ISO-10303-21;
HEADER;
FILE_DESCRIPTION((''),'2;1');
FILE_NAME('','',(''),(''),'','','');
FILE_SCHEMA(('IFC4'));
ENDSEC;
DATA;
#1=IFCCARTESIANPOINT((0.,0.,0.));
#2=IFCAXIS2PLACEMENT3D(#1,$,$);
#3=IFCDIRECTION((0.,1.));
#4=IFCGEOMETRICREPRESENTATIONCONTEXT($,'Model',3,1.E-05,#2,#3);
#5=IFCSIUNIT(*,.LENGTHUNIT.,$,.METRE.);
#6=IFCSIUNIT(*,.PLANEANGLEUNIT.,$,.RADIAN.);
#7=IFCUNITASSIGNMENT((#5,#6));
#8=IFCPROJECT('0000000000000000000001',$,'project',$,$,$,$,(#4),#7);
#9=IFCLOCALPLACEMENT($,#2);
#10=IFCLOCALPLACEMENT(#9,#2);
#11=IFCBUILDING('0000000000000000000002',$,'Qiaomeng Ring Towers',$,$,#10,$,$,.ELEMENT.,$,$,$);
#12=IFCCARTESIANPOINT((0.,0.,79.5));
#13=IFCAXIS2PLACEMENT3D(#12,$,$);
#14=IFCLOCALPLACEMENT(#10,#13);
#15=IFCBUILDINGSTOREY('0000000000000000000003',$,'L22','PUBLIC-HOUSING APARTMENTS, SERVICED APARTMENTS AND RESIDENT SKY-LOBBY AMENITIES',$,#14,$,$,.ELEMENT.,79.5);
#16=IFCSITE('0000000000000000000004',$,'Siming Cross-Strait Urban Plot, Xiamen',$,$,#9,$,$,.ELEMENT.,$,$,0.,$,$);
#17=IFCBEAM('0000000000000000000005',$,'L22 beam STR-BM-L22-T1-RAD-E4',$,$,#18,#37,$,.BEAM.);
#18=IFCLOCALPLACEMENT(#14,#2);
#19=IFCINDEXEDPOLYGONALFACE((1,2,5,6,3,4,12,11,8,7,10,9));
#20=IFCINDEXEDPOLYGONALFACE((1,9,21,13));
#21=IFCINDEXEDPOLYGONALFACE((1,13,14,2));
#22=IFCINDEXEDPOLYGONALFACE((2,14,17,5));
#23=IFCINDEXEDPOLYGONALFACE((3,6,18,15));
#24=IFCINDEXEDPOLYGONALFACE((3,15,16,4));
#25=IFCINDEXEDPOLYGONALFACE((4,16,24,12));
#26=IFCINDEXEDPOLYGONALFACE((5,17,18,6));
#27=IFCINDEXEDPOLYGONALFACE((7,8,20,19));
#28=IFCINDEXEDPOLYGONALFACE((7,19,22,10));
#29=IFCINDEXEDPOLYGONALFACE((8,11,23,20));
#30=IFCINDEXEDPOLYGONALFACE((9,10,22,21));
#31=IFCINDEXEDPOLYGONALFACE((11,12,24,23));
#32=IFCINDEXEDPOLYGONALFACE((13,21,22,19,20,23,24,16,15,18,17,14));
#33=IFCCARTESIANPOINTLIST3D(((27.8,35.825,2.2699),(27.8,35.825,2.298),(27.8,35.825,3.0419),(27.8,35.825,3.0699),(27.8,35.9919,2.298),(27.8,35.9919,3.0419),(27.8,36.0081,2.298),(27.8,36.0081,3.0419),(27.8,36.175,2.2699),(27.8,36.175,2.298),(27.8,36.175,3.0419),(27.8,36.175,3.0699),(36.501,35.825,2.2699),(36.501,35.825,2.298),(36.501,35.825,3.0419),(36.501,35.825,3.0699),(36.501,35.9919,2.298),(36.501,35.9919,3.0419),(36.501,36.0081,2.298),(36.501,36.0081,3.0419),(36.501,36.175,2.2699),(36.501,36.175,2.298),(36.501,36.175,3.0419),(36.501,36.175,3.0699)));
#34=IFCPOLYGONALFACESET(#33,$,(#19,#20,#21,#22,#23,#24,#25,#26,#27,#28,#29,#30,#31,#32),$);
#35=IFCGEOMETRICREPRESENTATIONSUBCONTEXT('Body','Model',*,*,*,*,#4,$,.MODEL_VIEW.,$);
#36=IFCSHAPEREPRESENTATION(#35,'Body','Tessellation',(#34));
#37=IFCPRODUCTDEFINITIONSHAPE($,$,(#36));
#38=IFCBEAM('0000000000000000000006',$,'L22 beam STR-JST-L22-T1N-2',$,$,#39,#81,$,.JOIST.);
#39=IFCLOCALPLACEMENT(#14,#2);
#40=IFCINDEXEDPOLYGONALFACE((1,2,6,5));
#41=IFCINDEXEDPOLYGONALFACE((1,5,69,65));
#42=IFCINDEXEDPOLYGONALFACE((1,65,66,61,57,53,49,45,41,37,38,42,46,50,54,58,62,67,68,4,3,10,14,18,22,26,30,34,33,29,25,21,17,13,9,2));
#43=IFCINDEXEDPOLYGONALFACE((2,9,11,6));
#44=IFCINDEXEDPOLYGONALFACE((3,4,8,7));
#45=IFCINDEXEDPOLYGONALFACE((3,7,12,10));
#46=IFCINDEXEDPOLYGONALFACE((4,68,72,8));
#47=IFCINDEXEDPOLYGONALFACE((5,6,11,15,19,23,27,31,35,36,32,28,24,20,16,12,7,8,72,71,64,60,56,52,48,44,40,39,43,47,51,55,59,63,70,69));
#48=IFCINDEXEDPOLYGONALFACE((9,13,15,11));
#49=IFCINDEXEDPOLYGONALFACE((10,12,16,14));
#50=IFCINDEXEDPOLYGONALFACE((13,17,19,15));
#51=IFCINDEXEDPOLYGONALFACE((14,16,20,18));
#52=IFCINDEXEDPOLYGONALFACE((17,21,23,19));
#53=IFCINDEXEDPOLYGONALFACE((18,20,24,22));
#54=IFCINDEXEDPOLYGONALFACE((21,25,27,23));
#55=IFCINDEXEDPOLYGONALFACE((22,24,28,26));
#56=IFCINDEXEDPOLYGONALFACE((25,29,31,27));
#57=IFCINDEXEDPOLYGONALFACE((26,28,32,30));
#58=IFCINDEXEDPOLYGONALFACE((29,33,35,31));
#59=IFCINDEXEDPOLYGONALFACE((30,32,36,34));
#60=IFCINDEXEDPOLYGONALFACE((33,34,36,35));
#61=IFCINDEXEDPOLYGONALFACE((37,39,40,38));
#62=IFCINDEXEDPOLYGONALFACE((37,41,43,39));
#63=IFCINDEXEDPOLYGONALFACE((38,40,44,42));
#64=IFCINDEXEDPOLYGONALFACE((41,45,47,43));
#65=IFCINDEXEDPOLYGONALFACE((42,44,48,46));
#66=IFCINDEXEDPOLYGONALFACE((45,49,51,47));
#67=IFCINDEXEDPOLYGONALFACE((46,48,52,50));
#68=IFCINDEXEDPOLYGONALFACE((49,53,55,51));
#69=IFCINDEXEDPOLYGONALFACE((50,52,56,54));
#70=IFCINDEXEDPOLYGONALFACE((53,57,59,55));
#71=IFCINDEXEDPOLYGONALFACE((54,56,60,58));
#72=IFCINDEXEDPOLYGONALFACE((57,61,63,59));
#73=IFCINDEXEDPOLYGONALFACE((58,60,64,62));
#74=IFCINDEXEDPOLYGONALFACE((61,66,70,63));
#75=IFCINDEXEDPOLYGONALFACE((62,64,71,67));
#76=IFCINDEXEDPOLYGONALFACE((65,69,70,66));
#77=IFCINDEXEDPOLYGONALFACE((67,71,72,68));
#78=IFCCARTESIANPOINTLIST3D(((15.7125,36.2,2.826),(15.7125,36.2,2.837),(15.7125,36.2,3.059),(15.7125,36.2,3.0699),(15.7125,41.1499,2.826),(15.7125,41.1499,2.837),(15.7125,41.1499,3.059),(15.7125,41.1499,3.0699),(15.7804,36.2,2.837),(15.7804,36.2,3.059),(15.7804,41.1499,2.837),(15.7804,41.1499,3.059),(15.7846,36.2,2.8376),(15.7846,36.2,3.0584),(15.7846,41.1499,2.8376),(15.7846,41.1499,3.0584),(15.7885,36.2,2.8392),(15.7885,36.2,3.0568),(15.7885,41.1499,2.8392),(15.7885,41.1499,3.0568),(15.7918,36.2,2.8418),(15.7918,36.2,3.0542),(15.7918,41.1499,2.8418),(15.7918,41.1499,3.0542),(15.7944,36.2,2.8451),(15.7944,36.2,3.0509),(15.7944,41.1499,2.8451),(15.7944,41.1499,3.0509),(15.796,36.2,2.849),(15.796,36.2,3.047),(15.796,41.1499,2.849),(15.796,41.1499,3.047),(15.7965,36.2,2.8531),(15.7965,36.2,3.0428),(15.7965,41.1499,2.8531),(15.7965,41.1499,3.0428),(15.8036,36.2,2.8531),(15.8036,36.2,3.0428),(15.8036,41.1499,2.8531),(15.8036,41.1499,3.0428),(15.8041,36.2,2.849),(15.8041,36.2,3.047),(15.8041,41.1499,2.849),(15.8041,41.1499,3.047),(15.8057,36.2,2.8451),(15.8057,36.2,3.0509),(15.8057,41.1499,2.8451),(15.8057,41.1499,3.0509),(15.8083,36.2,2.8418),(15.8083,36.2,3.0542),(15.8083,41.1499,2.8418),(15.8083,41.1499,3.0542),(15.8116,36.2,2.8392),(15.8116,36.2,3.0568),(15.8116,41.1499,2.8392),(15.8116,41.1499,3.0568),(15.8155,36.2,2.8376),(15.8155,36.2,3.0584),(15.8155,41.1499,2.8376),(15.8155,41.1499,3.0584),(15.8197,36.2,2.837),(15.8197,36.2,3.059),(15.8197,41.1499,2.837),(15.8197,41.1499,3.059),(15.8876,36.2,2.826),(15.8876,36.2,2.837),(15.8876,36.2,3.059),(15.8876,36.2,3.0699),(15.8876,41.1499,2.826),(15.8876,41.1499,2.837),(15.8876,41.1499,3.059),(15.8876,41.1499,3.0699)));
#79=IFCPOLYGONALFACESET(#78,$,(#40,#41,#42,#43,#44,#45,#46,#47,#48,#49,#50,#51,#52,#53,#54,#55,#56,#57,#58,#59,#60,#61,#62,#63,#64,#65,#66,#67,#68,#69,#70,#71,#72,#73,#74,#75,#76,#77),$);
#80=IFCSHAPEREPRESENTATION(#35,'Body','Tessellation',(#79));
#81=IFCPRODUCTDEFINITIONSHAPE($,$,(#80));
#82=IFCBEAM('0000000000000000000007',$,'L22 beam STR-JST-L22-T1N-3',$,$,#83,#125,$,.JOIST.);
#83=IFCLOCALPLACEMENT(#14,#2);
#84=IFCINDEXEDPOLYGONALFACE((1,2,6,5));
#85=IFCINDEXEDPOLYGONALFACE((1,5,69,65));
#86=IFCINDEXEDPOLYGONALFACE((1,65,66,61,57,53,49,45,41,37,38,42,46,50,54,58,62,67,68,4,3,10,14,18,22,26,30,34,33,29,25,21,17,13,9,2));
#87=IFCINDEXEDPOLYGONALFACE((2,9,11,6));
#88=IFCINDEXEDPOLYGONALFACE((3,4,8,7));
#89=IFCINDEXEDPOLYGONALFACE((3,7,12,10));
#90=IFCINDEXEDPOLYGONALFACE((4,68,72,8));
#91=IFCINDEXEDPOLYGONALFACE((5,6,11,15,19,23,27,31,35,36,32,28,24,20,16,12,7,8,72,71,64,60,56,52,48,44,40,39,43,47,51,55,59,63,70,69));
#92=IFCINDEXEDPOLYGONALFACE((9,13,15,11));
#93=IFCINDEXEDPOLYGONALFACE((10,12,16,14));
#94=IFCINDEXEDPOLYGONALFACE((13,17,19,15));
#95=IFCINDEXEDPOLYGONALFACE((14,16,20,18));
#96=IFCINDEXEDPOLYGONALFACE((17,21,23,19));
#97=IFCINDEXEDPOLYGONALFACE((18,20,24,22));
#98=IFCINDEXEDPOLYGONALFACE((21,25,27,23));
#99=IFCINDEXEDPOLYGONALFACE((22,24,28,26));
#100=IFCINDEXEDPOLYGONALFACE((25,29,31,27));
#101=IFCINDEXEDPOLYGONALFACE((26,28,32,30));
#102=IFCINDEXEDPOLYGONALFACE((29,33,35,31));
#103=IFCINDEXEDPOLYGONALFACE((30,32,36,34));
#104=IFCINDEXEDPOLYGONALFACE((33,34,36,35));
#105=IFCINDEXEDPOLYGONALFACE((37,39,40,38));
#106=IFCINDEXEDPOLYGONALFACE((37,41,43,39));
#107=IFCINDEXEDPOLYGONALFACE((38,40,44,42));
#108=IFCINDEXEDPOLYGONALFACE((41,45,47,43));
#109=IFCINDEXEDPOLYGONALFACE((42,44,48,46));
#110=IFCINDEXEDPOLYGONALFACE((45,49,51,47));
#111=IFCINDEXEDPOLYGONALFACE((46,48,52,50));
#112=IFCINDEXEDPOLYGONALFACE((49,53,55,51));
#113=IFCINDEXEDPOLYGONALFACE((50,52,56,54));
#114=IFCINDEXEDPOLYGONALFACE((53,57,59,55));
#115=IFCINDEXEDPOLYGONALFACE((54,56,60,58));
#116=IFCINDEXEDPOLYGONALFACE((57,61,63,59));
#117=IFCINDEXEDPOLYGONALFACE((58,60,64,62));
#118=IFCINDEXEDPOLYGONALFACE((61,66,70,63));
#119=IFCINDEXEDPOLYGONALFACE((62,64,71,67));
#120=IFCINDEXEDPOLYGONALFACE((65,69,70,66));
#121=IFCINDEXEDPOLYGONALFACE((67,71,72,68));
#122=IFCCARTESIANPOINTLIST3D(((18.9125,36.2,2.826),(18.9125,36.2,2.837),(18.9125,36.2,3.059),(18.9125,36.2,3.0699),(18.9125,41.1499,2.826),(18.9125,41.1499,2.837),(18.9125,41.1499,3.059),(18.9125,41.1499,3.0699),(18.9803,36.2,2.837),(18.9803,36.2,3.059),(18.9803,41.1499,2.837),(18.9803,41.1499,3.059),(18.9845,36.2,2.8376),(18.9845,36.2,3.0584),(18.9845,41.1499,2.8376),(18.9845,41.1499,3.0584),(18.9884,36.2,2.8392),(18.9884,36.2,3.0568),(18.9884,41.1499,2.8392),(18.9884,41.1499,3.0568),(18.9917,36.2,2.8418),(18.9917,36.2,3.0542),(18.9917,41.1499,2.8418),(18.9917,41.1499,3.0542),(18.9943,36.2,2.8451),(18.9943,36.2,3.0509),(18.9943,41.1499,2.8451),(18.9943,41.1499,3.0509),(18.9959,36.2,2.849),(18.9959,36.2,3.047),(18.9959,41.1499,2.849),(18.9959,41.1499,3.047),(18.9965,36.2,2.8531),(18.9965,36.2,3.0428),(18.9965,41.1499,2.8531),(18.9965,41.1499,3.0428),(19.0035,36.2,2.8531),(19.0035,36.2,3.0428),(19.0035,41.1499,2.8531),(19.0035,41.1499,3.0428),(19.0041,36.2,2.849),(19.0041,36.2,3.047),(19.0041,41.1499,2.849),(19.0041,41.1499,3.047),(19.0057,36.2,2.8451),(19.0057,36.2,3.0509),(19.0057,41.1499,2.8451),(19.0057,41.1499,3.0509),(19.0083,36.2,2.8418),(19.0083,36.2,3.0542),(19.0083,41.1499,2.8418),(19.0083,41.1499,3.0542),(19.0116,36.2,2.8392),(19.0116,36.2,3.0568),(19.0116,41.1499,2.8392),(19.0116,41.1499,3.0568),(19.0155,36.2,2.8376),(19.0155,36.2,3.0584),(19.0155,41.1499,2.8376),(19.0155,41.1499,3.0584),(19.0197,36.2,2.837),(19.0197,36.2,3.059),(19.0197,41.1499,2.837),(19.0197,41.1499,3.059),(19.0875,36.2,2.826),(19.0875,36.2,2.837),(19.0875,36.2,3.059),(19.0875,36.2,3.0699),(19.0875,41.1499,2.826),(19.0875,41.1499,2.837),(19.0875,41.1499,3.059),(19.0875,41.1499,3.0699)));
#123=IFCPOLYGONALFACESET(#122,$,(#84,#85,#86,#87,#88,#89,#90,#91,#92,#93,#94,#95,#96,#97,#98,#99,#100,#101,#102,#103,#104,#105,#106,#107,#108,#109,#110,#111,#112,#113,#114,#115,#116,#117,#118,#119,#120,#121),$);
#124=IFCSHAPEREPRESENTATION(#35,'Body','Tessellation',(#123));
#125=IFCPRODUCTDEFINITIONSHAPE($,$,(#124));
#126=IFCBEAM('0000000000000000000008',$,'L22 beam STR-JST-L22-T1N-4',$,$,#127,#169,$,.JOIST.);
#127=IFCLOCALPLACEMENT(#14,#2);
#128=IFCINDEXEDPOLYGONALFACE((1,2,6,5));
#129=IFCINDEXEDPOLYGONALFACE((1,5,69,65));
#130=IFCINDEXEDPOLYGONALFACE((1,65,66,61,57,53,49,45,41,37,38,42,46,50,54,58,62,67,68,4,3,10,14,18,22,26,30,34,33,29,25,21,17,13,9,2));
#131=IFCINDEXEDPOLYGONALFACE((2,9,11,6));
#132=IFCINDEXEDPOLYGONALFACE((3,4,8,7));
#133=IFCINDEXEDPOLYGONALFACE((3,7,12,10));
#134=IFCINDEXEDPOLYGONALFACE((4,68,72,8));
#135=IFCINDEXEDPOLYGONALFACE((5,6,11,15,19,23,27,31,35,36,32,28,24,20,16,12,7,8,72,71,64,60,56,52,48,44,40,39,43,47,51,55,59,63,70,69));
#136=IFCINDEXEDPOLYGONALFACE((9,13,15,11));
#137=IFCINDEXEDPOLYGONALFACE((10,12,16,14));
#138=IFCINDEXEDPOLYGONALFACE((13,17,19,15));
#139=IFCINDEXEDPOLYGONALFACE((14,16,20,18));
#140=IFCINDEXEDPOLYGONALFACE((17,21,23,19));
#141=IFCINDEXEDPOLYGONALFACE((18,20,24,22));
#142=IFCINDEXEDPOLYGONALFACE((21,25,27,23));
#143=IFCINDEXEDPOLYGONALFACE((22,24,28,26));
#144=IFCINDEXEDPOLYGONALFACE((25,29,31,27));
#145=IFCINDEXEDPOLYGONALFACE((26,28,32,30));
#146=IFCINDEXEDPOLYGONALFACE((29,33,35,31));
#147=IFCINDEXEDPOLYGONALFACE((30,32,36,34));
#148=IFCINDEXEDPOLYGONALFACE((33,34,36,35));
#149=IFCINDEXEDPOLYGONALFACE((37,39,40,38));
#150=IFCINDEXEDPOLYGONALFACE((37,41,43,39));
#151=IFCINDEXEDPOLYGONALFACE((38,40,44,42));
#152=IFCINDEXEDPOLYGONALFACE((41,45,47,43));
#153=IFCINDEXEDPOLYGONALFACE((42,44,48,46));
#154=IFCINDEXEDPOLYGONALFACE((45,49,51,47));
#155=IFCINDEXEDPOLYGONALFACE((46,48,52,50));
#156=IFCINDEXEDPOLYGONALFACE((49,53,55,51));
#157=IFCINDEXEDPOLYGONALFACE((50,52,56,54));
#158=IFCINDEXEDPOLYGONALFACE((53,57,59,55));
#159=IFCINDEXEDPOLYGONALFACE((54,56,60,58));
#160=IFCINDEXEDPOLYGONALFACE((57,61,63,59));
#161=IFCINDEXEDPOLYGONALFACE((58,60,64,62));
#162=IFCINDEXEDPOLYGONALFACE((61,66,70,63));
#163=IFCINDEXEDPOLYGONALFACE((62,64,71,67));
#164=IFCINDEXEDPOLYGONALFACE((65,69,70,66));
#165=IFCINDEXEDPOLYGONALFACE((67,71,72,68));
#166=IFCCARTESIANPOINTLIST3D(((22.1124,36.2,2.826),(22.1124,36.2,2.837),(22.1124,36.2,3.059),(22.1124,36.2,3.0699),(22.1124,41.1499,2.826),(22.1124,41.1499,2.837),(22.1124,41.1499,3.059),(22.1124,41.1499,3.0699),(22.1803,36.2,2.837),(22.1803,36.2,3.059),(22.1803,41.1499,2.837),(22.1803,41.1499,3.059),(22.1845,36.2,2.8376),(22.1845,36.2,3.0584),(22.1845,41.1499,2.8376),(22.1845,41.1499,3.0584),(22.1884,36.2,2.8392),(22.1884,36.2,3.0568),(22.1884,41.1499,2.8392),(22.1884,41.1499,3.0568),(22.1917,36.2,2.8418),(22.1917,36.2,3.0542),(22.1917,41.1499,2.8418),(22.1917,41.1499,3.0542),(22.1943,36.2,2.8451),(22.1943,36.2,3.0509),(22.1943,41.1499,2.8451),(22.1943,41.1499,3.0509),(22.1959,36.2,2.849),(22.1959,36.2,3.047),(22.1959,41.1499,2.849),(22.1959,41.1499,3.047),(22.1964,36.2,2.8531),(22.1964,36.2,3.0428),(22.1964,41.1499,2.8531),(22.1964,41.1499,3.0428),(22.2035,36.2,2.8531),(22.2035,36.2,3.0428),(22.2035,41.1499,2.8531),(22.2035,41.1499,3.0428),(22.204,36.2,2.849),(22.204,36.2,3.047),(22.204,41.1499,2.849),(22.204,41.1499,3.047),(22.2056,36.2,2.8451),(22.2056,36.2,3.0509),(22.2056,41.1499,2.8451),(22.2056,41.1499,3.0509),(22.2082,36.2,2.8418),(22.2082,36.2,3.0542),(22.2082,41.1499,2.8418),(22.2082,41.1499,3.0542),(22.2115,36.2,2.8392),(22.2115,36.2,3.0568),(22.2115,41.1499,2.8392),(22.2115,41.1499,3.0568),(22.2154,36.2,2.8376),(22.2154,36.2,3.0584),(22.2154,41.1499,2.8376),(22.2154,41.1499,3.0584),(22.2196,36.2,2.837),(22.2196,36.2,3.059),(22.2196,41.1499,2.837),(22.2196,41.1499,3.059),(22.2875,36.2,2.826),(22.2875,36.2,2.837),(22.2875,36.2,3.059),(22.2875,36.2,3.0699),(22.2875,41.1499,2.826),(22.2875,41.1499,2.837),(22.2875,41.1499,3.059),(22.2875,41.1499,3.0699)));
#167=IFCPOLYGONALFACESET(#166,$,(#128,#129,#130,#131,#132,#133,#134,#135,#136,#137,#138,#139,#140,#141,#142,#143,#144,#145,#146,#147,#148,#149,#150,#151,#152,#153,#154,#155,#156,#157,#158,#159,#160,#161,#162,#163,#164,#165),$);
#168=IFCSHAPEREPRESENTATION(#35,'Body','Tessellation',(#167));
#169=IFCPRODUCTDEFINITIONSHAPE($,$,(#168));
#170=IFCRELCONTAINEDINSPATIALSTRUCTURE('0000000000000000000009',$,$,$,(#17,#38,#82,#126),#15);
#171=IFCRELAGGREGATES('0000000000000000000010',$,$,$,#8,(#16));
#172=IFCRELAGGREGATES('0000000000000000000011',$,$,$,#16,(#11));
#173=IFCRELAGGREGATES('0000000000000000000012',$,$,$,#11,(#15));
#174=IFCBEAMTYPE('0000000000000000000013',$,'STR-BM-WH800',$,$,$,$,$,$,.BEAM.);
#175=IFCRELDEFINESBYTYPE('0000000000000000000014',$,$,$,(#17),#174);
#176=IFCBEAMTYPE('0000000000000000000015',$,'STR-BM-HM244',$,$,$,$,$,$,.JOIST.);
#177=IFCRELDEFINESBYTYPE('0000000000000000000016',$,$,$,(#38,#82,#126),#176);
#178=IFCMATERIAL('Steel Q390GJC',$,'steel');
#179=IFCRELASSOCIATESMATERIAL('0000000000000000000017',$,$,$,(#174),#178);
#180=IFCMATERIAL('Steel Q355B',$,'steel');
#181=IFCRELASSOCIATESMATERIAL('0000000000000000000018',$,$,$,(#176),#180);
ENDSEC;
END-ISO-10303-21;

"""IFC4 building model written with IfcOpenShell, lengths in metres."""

from ifc_helpers import new_model, si_unit, direction, frame, origin, origin_2d, place, context, subcontext, project, spatial, i_section, extrude, source, transform, mapped, material, material_profile, profile_set, type_object, element, save


model = new_model("IFC4")

# Units and contexts
model_context = context("Model", 3, precision=1e-05, world=origin(), true_north=direction((0.0, 1.0)))
body_context = subcontext(model_context, "Body", "Model", "MODEL_VIEW")
ifc_project = project(units=[si_unit("LENGTHUNIT", "METRE"), si_unit("PLANEANGLEUNIT", "RADIAN")], contexts=[model_context])

# Site, building, storey
site_placement = place(None, origin())
site = spatial("IfcSite", under=ifc_project, at=site_placement, Name="Siming Cross-Strait Urban Plot, Xiamen", CompositionType="ELEMENT", RefElevation=0.0)
building_placement = place(site_placement, origin())
building = spatial("IfcBuilding", under=site, at=building_placement, Name="Qiaomeng Ring Towers", CompositionType="ELEMENT")
storey_placement = place(building_placement, frame((0.0, 0.0, 79.5)))
storey = spatial("IfcBuildingStorey", under=building, at=storey_placement, Name="L22", Description="PUBLIC-HOUSING APARTMENTS, SERVICED APARTMENTS AND RESIDENT SKY-LOBBY AMENITIES", CompositionType="ELEMENT", Elevation=79.5)

# Beams
ifc_material_1 = material(Name="Steel Q390GJC", Category="steel")
ifc_material_profile_1 = material_profile(ifc_material_1, i_section(OverallWidth=0.3501, OverallDepth=0.8, WebThickness=0.0161, FlangeThickness=0.0281, at=origin_2d()), Name="WH 800x350x16x28")
ifc_profile_set_1 = profile_set([ifc_material_profile_1], Name="Steel Q390GJC")
beam_type_1 = type_object("IfcBeamType", Name="STR-BM-WH800", PredefinedType="BEAM", material=ifc_profile_set_1)
shared_shape_1 = source(origin(), body_context, "Body", "SweptSolid", [
    extrude(i_section(OverallWidth=0.3501, OverallDepth=0.8, WebThickness=0.0161, FlangeThickness=0.0281, at=origin_2d()), origin(), (0.0, 0.0, 1.0), 8.7009),
])
beam_placement = place(storey_placement, frame((27.8, 36.0, 2.6699), z_axis=(1.0, 0.0, 0.0), x_axis=(0.0, 1.0, 0.0)))
element("IfcBeam", 1, at=beam_placement, inside=storey, type_object=beam_type_1, Name="L22 beam STR-BM-L22-T1-RAD-E4", PredefinedType="BEAM", context=body_context, shape_type="MappedRepresentation", body=[
    mapped(shared_shape_1, transform((0.0, 0.0, 0.0), x_axis=(1.0, 0.0, 0.0), y_axis=(0.0, 1.0, 0.0), z_axis=(0.0, 0.0, 1.0), scale=1.0)),
])
ifc_material_2 = material(Name="Steel Q355B", Category="steel")
ifc_material_profile_2 = material_profile(ifc_material_2, i_section(OverallWidth=0.175, OverallDepth=0.2439, WebThickness=0.0071, FlangeThickness=0.011, FilletRadius=0.0161, at=origin_2d()), Name="HM 244x175x7x11")
ifc_profile_set_2 = profile_set([ifc_material_profile_2], Name="Steel Q355B")
beam_type_2 = type_object("IfcBeamType", Name="STR-BM-HM244", PredefinedType="JOIST", material=ifc_profile_set_2)
shared_shape_2 = source(origin(), body_context, "Body", "SweptSolid", [
    extrude(i_section(OverallWidth=0.175, OverallDepth=0.2439, WebThickness=0.0071, FlangeThickness=0.011, FilletRadius=0.0161, at=origin_2d()), origin(), (0.0, 0.0, 1.0), 4.95),
])
for number, where, z_axis, x_axis, name in (
    (2, (15.8, 36.2, 2.948), (0.0, 1.0, 0.0), (-1.0, 0.0, 0.0), "L22 beam STR-JST-L22-T1N-2"),
    (3, (19.0, 36.2, 2.948), (0.0, 1.0, 0.0), (-1.0, 0.0, 0.0), "L22 beam STR-JST-L22-T1N-3"),
    (4, (22.2, 36.2, 2.948), (0.0, 1.0, 0.0), (-1.0, 0.0, 0.0), "L22 beam STR-JST-L22-T1N-4"),
):
    element("IfcBeam", number, at=place(storey_placement, frame(where, z_axis=z_axis, x_axis=x_axis)), inside=storey, type_object=beam_type_2, Name=name, PredefinedType="JOIST", context=body_context, shape_type="MappedRepresentation", body=[
        mapped(shared_shape_2, transform((0.0, 0.0, 0.0), x_axis=(1.0, 0.0, 0.0), y_axis=(0.0, 1.0, 0.0), z_axis=(0.0, 0.0, 1.0), scale=1.0)),
    ])

save(model, "model.ifc")
